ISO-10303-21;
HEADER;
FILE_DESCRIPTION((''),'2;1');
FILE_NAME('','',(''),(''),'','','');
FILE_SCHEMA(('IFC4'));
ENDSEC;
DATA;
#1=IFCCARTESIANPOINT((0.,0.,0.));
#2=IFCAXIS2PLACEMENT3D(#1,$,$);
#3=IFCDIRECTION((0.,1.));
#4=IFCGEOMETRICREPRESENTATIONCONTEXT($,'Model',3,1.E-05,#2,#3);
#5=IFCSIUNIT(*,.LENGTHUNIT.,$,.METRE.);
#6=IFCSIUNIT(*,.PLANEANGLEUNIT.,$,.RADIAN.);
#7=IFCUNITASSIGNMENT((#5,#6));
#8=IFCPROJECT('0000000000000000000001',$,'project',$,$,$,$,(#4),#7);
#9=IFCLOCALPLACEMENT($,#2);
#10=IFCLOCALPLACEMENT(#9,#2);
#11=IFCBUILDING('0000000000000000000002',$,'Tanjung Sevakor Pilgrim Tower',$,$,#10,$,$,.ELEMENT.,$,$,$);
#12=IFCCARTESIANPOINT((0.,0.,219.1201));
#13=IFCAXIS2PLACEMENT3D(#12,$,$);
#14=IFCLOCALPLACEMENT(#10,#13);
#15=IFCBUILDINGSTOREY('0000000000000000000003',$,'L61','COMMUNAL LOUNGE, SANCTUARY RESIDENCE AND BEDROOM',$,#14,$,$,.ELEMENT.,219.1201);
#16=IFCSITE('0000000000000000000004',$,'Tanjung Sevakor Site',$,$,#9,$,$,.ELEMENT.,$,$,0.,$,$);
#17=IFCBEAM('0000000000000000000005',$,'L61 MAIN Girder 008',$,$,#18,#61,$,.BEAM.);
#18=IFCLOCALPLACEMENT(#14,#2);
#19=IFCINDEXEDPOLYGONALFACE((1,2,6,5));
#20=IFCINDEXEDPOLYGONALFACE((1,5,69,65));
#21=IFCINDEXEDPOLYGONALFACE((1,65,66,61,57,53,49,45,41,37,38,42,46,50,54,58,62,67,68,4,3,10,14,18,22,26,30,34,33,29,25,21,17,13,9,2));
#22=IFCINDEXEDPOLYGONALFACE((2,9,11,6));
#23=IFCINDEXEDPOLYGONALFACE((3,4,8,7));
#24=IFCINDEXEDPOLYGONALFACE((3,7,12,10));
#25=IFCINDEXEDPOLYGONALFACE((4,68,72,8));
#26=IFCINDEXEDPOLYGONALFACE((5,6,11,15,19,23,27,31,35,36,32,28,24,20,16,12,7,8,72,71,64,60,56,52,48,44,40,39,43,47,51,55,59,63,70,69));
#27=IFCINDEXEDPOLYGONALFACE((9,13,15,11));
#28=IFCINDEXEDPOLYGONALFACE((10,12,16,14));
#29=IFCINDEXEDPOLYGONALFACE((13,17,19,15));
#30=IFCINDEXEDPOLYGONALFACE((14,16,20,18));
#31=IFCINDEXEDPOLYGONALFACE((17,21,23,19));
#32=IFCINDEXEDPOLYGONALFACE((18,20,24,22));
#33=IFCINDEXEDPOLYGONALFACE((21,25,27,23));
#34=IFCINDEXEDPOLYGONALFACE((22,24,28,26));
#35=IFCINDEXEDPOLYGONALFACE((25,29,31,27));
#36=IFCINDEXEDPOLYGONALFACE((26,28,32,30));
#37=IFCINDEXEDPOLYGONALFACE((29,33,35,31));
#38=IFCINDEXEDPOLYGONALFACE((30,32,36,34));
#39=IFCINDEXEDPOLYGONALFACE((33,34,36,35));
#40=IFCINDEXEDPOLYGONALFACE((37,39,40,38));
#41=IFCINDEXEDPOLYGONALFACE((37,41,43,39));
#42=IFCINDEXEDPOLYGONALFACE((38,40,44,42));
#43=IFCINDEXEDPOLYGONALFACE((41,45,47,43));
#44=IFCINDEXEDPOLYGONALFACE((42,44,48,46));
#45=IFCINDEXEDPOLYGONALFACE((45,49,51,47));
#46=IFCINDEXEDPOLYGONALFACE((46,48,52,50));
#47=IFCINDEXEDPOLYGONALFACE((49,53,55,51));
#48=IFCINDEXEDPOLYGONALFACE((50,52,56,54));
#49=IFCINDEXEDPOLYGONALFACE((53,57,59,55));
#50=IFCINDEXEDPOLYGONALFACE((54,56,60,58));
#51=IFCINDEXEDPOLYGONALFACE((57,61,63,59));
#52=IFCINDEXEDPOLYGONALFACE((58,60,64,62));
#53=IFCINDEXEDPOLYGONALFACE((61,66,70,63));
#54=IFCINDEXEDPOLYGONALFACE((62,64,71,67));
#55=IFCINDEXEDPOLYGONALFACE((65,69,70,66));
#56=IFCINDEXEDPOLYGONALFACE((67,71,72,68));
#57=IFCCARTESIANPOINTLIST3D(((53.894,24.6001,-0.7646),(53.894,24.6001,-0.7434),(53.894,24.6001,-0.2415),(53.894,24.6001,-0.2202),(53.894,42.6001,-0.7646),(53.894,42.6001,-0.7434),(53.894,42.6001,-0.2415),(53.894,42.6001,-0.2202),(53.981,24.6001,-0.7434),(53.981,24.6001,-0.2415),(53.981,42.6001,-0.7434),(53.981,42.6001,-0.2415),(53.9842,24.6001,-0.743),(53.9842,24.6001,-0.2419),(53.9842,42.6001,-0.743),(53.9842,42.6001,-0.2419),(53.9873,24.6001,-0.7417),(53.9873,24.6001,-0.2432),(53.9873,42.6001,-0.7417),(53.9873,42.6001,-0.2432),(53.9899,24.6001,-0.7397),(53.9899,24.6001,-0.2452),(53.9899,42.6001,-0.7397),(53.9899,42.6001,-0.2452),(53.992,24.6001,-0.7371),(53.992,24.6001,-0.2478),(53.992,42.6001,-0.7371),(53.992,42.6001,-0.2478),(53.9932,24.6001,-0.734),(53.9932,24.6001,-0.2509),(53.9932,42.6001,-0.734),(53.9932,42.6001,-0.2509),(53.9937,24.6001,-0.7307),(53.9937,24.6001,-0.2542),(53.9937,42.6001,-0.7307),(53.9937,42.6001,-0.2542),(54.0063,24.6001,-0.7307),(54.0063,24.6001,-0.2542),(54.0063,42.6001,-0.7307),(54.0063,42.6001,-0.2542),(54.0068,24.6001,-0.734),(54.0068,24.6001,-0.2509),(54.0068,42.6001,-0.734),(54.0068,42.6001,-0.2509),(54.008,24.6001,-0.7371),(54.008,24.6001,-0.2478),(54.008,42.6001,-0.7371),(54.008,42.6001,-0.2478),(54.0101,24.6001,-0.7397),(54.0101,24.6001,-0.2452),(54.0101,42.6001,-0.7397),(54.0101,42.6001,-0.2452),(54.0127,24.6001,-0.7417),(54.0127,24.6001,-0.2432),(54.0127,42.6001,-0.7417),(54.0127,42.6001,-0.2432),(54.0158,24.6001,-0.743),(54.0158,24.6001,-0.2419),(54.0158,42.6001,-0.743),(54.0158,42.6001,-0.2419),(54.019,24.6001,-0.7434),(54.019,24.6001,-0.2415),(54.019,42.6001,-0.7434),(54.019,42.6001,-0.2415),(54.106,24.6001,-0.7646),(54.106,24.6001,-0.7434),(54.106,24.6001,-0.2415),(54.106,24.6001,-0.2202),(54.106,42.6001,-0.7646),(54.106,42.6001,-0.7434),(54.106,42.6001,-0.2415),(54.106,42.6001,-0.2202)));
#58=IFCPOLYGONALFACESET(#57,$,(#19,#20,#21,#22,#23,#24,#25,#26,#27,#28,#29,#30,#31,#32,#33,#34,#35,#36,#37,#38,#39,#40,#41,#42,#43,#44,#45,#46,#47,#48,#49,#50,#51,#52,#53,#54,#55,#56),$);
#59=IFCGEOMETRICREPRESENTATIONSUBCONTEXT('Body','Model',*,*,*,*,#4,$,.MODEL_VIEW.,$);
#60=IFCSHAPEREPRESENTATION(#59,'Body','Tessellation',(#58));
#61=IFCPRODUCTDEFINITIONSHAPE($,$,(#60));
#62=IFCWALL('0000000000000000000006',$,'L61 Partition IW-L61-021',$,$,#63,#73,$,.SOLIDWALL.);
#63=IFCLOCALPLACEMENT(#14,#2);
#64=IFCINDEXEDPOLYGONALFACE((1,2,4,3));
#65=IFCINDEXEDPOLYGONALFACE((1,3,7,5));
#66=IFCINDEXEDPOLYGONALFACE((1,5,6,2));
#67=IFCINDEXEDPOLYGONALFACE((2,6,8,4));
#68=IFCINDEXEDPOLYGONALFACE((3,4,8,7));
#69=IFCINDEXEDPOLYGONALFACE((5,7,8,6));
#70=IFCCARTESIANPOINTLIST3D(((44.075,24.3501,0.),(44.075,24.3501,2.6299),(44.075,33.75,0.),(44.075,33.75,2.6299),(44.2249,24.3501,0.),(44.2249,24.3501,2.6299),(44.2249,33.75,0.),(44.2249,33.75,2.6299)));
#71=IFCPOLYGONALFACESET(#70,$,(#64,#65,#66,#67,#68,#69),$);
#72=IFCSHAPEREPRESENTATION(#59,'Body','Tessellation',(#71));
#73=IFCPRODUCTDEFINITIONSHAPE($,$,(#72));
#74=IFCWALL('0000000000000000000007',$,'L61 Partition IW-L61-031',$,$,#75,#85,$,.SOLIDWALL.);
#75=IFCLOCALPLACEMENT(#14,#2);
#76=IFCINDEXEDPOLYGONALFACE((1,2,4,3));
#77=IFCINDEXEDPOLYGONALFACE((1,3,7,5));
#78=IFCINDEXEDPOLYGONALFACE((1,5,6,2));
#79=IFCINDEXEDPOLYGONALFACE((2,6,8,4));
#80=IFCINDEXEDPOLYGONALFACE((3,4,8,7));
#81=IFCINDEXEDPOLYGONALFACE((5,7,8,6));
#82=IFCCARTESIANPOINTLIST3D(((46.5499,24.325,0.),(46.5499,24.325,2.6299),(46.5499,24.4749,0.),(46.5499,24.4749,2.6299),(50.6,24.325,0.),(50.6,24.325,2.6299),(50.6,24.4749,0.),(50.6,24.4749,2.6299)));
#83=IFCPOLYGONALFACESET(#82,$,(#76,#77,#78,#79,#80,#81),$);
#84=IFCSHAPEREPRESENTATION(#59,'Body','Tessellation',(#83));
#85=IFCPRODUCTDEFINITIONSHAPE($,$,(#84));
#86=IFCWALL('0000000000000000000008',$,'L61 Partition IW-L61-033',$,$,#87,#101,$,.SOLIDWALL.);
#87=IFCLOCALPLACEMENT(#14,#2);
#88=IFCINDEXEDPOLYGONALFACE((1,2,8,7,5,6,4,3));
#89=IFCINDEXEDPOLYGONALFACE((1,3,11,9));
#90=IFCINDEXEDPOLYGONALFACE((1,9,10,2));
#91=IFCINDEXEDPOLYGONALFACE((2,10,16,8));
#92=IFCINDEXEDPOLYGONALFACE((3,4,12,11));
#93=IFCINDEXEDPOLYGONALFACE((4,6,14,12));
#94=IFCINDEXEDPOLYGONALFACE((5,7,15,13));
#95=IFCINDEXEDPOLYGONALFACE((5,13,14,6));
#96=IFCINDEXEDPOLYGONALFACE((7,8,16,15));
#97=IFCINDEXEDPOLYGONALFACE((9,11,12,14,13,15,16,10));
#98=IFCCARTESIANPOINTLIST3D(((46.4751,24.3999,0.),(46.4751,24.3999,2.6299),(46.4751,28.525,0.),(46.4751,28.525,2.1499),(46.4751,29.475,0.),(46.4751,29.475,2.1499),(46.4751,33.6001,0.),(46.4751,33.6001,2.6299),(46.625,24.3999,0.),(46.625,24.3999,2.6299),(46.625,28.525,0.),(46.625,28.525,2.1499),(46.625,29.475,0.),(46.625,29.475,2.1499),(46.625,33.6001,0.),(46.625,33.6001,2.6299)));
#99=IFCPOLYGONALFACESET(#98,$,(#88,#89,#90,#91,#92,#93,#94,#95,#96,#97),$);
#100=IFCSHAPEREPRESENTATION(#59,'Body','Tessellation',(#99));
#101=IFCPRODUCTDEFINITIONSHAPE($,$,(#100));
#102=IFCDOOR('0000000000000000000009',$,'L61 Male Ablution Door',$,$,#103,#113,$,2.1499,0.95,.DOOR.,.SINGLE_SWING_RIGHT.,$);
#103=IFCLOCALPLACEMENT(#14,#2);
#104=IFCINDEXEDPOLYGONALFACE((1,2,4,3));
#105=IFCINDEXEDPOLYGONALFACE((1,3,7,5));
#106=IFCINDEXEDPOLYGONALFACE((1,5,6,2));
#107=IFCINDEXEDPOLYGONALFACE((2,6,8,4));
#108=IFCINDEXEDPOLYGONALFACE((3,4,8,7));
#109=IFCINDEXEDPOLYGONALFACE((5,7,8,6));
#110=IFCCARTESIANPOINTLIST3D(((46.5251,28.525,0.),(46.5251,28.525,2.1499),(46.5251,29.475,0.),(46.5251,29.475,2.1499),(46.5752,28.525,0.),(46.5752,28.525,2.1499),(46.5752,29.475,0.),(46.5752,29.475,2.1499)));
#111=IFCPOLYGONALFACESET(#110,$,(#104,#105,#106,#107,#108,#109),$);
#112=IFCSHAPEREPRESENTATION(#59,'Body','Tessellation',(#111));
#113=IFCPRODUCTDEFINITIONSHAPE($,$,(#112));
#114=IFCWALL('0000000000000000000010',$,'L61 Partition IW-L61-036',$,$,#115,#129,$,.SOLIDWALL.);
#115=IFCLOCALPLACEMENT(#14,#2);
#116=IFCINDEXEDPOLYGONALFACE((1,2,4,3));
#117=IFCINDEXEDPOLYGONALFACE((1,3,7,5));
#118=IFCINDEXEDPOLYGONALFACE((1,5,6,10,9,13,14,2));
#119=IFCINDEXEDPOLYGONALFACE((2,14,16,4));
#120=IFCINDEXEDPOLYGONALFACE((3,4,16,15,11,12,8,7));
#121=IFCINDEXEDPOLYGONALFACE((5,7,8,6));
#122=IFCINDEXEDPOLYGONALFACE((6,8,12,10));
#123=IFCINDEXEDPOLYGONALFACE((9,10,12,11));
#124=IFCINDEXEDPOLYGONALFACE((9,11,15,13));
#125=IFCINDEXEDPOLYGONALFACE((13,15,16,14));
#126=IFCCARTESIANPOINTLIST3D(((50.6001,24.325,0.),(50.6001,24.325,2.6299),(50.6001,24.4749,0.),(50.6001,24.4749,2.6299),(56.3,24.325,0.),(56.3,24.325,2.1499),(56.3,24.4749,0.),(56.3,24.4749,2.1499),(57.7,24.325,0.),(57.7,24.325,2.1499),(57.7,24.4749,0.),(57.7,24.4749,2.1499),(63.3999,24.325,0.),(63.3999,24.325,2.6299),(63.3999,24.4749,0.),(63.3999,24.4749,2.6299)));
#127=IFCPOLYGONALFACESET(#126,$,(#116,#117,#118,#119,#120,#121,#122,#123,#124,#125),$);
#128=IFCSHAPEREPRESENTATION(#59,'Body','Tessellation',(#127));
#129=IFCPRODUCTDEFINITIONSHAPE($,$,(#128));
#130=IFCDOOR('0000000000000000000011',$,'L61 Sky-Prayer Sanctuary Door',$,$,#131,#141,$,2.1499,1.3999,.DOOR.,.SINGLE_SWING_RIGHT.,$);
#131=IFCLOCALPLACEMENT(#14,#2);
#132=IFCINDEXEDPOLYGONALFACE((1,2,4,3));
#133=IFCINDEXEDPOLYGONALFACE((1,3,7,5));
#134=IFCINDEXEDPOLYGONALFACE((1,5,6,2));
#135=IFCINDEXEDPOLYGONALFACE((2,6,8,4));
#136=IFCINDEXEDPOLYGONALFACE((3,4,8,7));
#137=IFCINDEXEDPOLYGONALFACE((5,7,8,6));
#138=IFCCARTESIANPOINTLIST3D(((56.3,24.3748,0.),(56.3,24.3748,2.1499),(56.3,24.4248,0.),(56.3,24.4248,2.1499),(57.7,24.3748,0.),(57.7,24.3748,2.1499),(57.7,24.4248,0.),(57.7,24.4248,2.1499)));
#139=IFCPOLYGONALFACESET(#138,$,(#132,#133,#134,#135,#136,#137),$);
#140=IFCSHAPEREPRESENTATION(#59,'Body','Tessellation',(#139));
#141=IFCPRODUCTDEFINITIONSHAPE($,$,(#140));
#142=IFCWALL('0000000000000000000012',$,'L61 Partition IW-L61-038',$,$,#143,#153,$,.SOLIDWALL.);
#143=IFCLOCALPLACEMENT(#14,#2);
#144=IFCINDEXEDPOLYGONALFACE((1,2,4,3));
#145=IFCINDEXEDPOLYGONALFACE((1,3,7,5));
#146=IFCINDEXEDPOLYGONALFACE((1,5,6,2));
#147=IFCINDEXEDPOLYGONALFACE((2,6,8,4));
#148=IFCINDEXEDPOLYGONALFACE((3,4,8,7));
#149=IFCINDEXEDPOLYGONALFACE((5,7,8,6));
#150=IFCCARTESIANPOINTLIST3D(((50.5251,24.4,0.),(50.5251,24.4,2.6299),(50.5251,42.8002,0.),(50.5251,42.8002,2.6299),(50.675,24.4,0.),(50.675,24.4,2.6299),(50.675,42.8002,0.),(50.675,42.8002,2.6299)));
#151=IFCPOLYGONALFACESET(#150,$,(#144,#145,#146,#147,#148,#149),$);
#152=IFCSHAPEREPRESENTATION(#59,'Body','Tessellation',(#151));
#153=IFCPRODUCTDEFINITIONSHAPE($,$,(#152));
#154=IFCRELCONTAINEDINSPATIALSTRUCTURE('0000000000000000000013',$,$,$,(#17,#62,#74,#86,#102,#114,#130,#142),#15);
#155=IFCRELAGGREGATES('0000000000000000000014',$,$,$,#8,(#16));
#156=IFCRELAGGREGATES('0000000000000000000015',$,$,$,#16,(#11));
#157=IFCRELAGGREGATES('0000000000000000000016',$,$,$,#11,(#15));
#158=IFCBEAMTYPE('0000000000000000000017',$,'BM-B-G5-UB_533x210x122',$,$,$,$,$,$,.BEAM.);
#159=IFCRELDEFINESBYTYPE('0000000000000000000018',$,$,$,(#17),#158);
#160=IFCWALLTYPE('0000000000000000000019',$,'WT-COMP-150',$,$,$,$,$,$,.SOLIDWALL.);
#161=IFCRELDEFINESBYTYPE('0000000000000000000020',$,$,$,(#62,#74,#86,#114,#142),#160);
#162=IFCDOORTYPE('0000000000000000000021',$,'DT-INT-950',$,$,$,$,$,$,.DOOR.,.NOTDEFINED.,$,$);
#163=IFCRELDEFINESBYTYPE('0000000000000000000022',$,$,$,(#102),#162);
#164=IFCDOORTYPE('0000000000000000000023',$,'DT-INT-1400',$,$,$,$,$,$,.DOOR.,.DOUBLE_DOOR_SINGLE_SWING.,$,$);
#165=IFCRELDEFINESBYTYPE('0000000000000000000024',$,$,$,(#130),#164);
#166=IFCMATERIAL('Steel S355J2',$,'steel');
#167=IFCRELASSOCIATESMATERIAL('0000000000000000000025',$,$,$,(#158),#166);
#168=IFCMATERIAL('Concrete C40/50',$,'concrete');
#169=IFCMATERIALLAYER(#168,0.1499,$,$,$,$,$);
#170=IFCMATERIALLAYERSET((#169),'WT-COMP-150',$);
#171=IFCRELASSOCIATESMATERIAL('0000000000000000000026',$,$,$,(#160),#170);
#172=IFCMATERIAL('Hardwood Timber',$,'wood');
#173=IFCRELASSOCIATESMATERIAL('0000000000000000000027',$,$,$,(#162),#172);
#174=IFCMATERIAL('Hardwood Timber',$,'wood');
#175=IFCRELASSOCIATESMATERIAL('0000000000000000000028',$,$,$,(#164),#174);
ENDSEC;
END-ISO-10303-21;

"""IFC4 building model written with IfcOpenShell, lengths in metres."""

from ifc_helpers import new_model, si_unit, direction, frame, frame_2d, origin, origin_2d, place, context, subcontext, project, spatial, rectangle, i_section, extrude, material, layer, layer_set, material_profile, profile_set, type_object, element, fill, save


model = new_model("IFC4")

# Units and contexts
model_context = context("Model", 3, precision=1e-05, world=origin(), true_north=direction((0.0, 1.0)))
body_context = subcontext(model_context, "Body", "Model", "MODEL_VIEW")
ifc_project = project(units=[si_unit("LENGTHUNIT", "METRE"), si_unit("PLANEANGLEUNIT", "RADIAN")], contexts=[model_context])

# Site, building, storey
site_placement = place(None, origin())
site = spatial("IfcSite", under=ifc_project, at=site_placement, Name="Tanjung Sevakor Site", CompositionType="ELEMENT", RefElevation=0.0)
building_placement = place(site_placement, origin())
building = spatial("IfcBuilding", under=site, at=building_placement, Name="Tanjung Sevakor Pilgrim Tower", CompositionType="ELEMENT")
storey_placement = place(building_placement, frame((0.0, 0.0, 219.1201)))
storey = spatial("IfcBuildingStorey", under=building, at=storey_placement, Name="L61", Description="COMMUNAL LOUNGE, SANCTUARY RESIDENCE AND BEDROOM", CompositionType="ELEMENT", Elevation=219.1201)

# Beam
ifc_material_1 = material(Name="Steel S355J2", Category="steel")
ifc_material_profile_1 = material_profile(ifc_material_1, i_section(OverallWidth=0.2119, OverallDepth=0.5444, WebThickness=0.0127, FlangeThickness=0.0212, FilletRadius=0.0127, at=origin_2d()))
ifc_profile_set_1 = profile_set([ifc_material_profile_1], Name="Steel S355J2")
beam_type_1 = type_object("IfcBeamType", Name="BM-B-G5-UB_533x210x122", PredefinedType="BEAM", material=ifc_profile_set_1)
for number, where, z_axis, x_axis, name in (
    (1, (54.0, 24.6001, -0.4924), (0.0, 1.0, 0.0), (-1.0, 0.0, 0.0), "L61 MAIN Girder 008"),
):
    element("IfcBeam", number, at=place(storey_placement, frame(where, z_axis=z_axis, x_axis=x_axis)), inside=storey, type_object=beam_type_1, Name=name, PredefinedType="BEAM", context=body_context, shape_type="SweptSolid", body=[
        extrude(i_section(OverallWidth=0.2119, OverallDepth=0.5444, WebThickness=0.0127, FlangeThickness=0.0212, FilletRadius=0.0127, at=origin_2d()), origin(), (0.0, 0.0, 1.0), 18.0),
    ])

# Walls
ifc_material_2 = material(Name="Concrete C40/50", Category="concrete")
ifc_layer = layer(ifc_material_2, 0.1499)
ifc_layer_set = layer_set([ifc_layer], Name="WT-COMP-150")
wall_type = type_object("IfcWallType", Name="WT-COMP-150", PredefinedType="SOLIDWALL", material=ifc_layer_set)
wall_1_placement = place(storey_placement, frame((44.1499, 24.3501, 0.0), z_axis=(0.0, 0.0, 1.0), x_axis=(0.0, 1.0, 0.0)))
element("IfcWall", 2, at=wall_1_placement, inside=storey, type_object=wall_type, Name="L61 Partition IW-L61-021", PredefinedType="SOLIDWALL", context=body_context, shape_type="SweptSolid", body=[
    extrude(rectangle(XDim=9.3999, YDim=0.1499, at=frame_2d((4.7, 0.0))), origin(), (0.0, 0.0, 1.0), 2.6299),
])
wall_2_placement = place(storey_placement, frame((46.55, 24.3999, 0.0), z_axis=(0.0, 0.0, 1.0), x_axis=(1.0, 0.0, 0.0)))
element("IfcWall", 3, at=wall_2_placement, inside=storey, type_object=wall_type, Name="L61 Partition IW-L61-031", PredefinedType="SOLIDWALL", context=body_context, shape_type="SweptSolid", body=[
    extrude(rectangle(XDim=4.05, YDim=0.1499, at=frame_2d((2.0249, 0.0))), origin(), (0.0, 0.0, 1.0), 2.6299),
])

# Walls, openings, doors
wall_3_placement = place(storey_placement, frame((46.55, 24.3999, 0.0), z_axis=(0.0, 0.0, 1.0), x_axis=(0.0, 1.0, 0.0)))
wall_3 = element("IfcWall", 4, at=wall_3_placement, inside=storey, type_object=wall_type, Name="L61 Partition IW-L61-033", PredefinedType="SOLIDWALL", context=body_context, shape_type="SweptSolid", body=[
    extrude(rectangle(XDim=9.2002, YDim=0.1499, at=frame_2d((4.6001, 0.0))), origin(), (0.0, 0.0, 1.0), 2.6299),
])
opening_1_placement = place(wall_3_placement, frame((4.125, 0.0, 0.0)))
opening_1 = element("IfcOpeningElement", 5, at=opening_1_placement, cuts=wall_3, PredefinedType="OPENING", context=body_context, shape_type="SweptSolid", body=[
    extrude(rectangle(XDim=0.95, YDim=2.1499, at=frame_2d((0.4751, 1.075))), frame((0.0, 0.085, 0.0), z_axis=(0.0, -1.0, 0.0), x_axis=(1.0, 0.0, 0.0)), (0.0, 0.0, 1.0), 0.1699),
])
ifc_material_3 = material(Name="Hardwood Timber", Category="wood")
door_type_1 = type_object("IfcDoorType", Name="DT-INT-950", OperationType="NOTDEFINED", PredefinedType="DOOR", material=ifc_material_3)
door_1_placement = place(opening_1_placement, origin())
door_1 = element("IfcDoor", 6, at=door_1_placement, inside=storey, type_object=door_type_1, Name="L61 Male Ablution Door", OperationType="SINGLE_SWING_RIGHT", OverallHeight=2.1499, OverallWidth=0.95, PredefinedType="DOOR", context=body_context, shape_type="SweptSolid", body=[
    extrude(rectangle(XDim=0.95, YDim=2.1499, at=frame_2d((0.4751, 1.075))), frame((0.0, 0.0249, 0.0), z_axis=(0.0, -1.0, 0.0), x_axis=(1.0, 0.0, 0.0)), (0.0, 0.0, 1.0), 0.05),
])
fill(opening_1, door_1)
wall_4_placement = place(storey_placement, frame((50.6001, 24.3999, 0.0), z_axis=(0.0, 0.0, 1.0), x_axis=(1.0, 0.0, 0.0)))
wall_4 = element("IfcWall", 7, at=wall_4_placement, inside=storey, type_object=wall_type, Name="L61 Partition IW-L61-036", PredefinedType="SOLIDWALL", context=body_context, shape_type="SweptSolid", body=[
    extrude(rectangle(XDim=12.7998, YDim=0.1499, at=frame_2d((6.3999, 0.0))), origin(), (0.0, 0.0, 1.0), 2.6299),
])
opening_2_placement = place(wall_4_placement, frame((5.7, 0.0, 0.0)))
opening_2 = element("IfcOpeningElement", 8, at=opening_2_placement, cuts=wall_4, PredefinedType="OPENING", context=body_context, shape_type="SweptSolid", body=[
    extrude(rectangle(XDim=1.3999, YDim=2.1499, at=frame_2d((0.7, 1.075))), frame((0.0, 0.085, 0.0), z_axis=(0.0, -1.0, 0.0), x_axis=(1.0, 0.0, 0.0)), (0.0, 0.0, 1.0), 0.1699),
])
ifc_material_4 = material(Name="Hardwood Timber", Category="wood")
door_type_2 = type_object("IfcDoorType", Name="DT-INT-1400", OperationType="DOUBLE_DOOR_SINGLE_SWING", PredefinedType="DOOR", material=ifc_material_4)
door_2_placement = place(opening_2_placement, origin())
door_2 = element("IfcDoor", 9, at=door_2_placement, inside=storey, type_object=door_type_2, Name="L61 Sky-Prayer Sanctuary Door", OperationType="SINGLE_SWING_RIGHT", OverallHeight=2.1499, OverallWidth=1.3999, PredefinedType="DOOR", context=body_context, shape_type="SweptSolid", body=[
    extrude(rectangle(XDim=1.3999, YDim=2.1499, at=frame_2d((0.7, 1.075))), frame((0.0, 0.0249, 0.0), z_axis=(0.0, -1.0, 0.0), x_axis=(1.0, 0.0, 0.0)), (0.0, 0.0, 1.0), 0.05),
])
fill(opening_2, door_2)

# Wall
wall_5_placement = place(storey_placement, frame((50.6001, 24.3999, 0.0), z_axis=(0.0, 0.0, 1.0), x_axis=(0.0, 1.0, 0.0)))
element("IfcWall", 10, at=wall_5_placement, inside=storey, type_object=wall_type, Name="L61 Partition IW-L61-038", PredefinedType="SOLIDWALL", context=body_context, shape_type="SweptSolid", body=[
    extrude(rectangle(XDim=18.4001, YDim=0.1499, at=frame_2d((9.2002, 0.0))), origin(), (0.0, 0.0, 1.0), 2.6299),
])

save(model, "model.ifc")
